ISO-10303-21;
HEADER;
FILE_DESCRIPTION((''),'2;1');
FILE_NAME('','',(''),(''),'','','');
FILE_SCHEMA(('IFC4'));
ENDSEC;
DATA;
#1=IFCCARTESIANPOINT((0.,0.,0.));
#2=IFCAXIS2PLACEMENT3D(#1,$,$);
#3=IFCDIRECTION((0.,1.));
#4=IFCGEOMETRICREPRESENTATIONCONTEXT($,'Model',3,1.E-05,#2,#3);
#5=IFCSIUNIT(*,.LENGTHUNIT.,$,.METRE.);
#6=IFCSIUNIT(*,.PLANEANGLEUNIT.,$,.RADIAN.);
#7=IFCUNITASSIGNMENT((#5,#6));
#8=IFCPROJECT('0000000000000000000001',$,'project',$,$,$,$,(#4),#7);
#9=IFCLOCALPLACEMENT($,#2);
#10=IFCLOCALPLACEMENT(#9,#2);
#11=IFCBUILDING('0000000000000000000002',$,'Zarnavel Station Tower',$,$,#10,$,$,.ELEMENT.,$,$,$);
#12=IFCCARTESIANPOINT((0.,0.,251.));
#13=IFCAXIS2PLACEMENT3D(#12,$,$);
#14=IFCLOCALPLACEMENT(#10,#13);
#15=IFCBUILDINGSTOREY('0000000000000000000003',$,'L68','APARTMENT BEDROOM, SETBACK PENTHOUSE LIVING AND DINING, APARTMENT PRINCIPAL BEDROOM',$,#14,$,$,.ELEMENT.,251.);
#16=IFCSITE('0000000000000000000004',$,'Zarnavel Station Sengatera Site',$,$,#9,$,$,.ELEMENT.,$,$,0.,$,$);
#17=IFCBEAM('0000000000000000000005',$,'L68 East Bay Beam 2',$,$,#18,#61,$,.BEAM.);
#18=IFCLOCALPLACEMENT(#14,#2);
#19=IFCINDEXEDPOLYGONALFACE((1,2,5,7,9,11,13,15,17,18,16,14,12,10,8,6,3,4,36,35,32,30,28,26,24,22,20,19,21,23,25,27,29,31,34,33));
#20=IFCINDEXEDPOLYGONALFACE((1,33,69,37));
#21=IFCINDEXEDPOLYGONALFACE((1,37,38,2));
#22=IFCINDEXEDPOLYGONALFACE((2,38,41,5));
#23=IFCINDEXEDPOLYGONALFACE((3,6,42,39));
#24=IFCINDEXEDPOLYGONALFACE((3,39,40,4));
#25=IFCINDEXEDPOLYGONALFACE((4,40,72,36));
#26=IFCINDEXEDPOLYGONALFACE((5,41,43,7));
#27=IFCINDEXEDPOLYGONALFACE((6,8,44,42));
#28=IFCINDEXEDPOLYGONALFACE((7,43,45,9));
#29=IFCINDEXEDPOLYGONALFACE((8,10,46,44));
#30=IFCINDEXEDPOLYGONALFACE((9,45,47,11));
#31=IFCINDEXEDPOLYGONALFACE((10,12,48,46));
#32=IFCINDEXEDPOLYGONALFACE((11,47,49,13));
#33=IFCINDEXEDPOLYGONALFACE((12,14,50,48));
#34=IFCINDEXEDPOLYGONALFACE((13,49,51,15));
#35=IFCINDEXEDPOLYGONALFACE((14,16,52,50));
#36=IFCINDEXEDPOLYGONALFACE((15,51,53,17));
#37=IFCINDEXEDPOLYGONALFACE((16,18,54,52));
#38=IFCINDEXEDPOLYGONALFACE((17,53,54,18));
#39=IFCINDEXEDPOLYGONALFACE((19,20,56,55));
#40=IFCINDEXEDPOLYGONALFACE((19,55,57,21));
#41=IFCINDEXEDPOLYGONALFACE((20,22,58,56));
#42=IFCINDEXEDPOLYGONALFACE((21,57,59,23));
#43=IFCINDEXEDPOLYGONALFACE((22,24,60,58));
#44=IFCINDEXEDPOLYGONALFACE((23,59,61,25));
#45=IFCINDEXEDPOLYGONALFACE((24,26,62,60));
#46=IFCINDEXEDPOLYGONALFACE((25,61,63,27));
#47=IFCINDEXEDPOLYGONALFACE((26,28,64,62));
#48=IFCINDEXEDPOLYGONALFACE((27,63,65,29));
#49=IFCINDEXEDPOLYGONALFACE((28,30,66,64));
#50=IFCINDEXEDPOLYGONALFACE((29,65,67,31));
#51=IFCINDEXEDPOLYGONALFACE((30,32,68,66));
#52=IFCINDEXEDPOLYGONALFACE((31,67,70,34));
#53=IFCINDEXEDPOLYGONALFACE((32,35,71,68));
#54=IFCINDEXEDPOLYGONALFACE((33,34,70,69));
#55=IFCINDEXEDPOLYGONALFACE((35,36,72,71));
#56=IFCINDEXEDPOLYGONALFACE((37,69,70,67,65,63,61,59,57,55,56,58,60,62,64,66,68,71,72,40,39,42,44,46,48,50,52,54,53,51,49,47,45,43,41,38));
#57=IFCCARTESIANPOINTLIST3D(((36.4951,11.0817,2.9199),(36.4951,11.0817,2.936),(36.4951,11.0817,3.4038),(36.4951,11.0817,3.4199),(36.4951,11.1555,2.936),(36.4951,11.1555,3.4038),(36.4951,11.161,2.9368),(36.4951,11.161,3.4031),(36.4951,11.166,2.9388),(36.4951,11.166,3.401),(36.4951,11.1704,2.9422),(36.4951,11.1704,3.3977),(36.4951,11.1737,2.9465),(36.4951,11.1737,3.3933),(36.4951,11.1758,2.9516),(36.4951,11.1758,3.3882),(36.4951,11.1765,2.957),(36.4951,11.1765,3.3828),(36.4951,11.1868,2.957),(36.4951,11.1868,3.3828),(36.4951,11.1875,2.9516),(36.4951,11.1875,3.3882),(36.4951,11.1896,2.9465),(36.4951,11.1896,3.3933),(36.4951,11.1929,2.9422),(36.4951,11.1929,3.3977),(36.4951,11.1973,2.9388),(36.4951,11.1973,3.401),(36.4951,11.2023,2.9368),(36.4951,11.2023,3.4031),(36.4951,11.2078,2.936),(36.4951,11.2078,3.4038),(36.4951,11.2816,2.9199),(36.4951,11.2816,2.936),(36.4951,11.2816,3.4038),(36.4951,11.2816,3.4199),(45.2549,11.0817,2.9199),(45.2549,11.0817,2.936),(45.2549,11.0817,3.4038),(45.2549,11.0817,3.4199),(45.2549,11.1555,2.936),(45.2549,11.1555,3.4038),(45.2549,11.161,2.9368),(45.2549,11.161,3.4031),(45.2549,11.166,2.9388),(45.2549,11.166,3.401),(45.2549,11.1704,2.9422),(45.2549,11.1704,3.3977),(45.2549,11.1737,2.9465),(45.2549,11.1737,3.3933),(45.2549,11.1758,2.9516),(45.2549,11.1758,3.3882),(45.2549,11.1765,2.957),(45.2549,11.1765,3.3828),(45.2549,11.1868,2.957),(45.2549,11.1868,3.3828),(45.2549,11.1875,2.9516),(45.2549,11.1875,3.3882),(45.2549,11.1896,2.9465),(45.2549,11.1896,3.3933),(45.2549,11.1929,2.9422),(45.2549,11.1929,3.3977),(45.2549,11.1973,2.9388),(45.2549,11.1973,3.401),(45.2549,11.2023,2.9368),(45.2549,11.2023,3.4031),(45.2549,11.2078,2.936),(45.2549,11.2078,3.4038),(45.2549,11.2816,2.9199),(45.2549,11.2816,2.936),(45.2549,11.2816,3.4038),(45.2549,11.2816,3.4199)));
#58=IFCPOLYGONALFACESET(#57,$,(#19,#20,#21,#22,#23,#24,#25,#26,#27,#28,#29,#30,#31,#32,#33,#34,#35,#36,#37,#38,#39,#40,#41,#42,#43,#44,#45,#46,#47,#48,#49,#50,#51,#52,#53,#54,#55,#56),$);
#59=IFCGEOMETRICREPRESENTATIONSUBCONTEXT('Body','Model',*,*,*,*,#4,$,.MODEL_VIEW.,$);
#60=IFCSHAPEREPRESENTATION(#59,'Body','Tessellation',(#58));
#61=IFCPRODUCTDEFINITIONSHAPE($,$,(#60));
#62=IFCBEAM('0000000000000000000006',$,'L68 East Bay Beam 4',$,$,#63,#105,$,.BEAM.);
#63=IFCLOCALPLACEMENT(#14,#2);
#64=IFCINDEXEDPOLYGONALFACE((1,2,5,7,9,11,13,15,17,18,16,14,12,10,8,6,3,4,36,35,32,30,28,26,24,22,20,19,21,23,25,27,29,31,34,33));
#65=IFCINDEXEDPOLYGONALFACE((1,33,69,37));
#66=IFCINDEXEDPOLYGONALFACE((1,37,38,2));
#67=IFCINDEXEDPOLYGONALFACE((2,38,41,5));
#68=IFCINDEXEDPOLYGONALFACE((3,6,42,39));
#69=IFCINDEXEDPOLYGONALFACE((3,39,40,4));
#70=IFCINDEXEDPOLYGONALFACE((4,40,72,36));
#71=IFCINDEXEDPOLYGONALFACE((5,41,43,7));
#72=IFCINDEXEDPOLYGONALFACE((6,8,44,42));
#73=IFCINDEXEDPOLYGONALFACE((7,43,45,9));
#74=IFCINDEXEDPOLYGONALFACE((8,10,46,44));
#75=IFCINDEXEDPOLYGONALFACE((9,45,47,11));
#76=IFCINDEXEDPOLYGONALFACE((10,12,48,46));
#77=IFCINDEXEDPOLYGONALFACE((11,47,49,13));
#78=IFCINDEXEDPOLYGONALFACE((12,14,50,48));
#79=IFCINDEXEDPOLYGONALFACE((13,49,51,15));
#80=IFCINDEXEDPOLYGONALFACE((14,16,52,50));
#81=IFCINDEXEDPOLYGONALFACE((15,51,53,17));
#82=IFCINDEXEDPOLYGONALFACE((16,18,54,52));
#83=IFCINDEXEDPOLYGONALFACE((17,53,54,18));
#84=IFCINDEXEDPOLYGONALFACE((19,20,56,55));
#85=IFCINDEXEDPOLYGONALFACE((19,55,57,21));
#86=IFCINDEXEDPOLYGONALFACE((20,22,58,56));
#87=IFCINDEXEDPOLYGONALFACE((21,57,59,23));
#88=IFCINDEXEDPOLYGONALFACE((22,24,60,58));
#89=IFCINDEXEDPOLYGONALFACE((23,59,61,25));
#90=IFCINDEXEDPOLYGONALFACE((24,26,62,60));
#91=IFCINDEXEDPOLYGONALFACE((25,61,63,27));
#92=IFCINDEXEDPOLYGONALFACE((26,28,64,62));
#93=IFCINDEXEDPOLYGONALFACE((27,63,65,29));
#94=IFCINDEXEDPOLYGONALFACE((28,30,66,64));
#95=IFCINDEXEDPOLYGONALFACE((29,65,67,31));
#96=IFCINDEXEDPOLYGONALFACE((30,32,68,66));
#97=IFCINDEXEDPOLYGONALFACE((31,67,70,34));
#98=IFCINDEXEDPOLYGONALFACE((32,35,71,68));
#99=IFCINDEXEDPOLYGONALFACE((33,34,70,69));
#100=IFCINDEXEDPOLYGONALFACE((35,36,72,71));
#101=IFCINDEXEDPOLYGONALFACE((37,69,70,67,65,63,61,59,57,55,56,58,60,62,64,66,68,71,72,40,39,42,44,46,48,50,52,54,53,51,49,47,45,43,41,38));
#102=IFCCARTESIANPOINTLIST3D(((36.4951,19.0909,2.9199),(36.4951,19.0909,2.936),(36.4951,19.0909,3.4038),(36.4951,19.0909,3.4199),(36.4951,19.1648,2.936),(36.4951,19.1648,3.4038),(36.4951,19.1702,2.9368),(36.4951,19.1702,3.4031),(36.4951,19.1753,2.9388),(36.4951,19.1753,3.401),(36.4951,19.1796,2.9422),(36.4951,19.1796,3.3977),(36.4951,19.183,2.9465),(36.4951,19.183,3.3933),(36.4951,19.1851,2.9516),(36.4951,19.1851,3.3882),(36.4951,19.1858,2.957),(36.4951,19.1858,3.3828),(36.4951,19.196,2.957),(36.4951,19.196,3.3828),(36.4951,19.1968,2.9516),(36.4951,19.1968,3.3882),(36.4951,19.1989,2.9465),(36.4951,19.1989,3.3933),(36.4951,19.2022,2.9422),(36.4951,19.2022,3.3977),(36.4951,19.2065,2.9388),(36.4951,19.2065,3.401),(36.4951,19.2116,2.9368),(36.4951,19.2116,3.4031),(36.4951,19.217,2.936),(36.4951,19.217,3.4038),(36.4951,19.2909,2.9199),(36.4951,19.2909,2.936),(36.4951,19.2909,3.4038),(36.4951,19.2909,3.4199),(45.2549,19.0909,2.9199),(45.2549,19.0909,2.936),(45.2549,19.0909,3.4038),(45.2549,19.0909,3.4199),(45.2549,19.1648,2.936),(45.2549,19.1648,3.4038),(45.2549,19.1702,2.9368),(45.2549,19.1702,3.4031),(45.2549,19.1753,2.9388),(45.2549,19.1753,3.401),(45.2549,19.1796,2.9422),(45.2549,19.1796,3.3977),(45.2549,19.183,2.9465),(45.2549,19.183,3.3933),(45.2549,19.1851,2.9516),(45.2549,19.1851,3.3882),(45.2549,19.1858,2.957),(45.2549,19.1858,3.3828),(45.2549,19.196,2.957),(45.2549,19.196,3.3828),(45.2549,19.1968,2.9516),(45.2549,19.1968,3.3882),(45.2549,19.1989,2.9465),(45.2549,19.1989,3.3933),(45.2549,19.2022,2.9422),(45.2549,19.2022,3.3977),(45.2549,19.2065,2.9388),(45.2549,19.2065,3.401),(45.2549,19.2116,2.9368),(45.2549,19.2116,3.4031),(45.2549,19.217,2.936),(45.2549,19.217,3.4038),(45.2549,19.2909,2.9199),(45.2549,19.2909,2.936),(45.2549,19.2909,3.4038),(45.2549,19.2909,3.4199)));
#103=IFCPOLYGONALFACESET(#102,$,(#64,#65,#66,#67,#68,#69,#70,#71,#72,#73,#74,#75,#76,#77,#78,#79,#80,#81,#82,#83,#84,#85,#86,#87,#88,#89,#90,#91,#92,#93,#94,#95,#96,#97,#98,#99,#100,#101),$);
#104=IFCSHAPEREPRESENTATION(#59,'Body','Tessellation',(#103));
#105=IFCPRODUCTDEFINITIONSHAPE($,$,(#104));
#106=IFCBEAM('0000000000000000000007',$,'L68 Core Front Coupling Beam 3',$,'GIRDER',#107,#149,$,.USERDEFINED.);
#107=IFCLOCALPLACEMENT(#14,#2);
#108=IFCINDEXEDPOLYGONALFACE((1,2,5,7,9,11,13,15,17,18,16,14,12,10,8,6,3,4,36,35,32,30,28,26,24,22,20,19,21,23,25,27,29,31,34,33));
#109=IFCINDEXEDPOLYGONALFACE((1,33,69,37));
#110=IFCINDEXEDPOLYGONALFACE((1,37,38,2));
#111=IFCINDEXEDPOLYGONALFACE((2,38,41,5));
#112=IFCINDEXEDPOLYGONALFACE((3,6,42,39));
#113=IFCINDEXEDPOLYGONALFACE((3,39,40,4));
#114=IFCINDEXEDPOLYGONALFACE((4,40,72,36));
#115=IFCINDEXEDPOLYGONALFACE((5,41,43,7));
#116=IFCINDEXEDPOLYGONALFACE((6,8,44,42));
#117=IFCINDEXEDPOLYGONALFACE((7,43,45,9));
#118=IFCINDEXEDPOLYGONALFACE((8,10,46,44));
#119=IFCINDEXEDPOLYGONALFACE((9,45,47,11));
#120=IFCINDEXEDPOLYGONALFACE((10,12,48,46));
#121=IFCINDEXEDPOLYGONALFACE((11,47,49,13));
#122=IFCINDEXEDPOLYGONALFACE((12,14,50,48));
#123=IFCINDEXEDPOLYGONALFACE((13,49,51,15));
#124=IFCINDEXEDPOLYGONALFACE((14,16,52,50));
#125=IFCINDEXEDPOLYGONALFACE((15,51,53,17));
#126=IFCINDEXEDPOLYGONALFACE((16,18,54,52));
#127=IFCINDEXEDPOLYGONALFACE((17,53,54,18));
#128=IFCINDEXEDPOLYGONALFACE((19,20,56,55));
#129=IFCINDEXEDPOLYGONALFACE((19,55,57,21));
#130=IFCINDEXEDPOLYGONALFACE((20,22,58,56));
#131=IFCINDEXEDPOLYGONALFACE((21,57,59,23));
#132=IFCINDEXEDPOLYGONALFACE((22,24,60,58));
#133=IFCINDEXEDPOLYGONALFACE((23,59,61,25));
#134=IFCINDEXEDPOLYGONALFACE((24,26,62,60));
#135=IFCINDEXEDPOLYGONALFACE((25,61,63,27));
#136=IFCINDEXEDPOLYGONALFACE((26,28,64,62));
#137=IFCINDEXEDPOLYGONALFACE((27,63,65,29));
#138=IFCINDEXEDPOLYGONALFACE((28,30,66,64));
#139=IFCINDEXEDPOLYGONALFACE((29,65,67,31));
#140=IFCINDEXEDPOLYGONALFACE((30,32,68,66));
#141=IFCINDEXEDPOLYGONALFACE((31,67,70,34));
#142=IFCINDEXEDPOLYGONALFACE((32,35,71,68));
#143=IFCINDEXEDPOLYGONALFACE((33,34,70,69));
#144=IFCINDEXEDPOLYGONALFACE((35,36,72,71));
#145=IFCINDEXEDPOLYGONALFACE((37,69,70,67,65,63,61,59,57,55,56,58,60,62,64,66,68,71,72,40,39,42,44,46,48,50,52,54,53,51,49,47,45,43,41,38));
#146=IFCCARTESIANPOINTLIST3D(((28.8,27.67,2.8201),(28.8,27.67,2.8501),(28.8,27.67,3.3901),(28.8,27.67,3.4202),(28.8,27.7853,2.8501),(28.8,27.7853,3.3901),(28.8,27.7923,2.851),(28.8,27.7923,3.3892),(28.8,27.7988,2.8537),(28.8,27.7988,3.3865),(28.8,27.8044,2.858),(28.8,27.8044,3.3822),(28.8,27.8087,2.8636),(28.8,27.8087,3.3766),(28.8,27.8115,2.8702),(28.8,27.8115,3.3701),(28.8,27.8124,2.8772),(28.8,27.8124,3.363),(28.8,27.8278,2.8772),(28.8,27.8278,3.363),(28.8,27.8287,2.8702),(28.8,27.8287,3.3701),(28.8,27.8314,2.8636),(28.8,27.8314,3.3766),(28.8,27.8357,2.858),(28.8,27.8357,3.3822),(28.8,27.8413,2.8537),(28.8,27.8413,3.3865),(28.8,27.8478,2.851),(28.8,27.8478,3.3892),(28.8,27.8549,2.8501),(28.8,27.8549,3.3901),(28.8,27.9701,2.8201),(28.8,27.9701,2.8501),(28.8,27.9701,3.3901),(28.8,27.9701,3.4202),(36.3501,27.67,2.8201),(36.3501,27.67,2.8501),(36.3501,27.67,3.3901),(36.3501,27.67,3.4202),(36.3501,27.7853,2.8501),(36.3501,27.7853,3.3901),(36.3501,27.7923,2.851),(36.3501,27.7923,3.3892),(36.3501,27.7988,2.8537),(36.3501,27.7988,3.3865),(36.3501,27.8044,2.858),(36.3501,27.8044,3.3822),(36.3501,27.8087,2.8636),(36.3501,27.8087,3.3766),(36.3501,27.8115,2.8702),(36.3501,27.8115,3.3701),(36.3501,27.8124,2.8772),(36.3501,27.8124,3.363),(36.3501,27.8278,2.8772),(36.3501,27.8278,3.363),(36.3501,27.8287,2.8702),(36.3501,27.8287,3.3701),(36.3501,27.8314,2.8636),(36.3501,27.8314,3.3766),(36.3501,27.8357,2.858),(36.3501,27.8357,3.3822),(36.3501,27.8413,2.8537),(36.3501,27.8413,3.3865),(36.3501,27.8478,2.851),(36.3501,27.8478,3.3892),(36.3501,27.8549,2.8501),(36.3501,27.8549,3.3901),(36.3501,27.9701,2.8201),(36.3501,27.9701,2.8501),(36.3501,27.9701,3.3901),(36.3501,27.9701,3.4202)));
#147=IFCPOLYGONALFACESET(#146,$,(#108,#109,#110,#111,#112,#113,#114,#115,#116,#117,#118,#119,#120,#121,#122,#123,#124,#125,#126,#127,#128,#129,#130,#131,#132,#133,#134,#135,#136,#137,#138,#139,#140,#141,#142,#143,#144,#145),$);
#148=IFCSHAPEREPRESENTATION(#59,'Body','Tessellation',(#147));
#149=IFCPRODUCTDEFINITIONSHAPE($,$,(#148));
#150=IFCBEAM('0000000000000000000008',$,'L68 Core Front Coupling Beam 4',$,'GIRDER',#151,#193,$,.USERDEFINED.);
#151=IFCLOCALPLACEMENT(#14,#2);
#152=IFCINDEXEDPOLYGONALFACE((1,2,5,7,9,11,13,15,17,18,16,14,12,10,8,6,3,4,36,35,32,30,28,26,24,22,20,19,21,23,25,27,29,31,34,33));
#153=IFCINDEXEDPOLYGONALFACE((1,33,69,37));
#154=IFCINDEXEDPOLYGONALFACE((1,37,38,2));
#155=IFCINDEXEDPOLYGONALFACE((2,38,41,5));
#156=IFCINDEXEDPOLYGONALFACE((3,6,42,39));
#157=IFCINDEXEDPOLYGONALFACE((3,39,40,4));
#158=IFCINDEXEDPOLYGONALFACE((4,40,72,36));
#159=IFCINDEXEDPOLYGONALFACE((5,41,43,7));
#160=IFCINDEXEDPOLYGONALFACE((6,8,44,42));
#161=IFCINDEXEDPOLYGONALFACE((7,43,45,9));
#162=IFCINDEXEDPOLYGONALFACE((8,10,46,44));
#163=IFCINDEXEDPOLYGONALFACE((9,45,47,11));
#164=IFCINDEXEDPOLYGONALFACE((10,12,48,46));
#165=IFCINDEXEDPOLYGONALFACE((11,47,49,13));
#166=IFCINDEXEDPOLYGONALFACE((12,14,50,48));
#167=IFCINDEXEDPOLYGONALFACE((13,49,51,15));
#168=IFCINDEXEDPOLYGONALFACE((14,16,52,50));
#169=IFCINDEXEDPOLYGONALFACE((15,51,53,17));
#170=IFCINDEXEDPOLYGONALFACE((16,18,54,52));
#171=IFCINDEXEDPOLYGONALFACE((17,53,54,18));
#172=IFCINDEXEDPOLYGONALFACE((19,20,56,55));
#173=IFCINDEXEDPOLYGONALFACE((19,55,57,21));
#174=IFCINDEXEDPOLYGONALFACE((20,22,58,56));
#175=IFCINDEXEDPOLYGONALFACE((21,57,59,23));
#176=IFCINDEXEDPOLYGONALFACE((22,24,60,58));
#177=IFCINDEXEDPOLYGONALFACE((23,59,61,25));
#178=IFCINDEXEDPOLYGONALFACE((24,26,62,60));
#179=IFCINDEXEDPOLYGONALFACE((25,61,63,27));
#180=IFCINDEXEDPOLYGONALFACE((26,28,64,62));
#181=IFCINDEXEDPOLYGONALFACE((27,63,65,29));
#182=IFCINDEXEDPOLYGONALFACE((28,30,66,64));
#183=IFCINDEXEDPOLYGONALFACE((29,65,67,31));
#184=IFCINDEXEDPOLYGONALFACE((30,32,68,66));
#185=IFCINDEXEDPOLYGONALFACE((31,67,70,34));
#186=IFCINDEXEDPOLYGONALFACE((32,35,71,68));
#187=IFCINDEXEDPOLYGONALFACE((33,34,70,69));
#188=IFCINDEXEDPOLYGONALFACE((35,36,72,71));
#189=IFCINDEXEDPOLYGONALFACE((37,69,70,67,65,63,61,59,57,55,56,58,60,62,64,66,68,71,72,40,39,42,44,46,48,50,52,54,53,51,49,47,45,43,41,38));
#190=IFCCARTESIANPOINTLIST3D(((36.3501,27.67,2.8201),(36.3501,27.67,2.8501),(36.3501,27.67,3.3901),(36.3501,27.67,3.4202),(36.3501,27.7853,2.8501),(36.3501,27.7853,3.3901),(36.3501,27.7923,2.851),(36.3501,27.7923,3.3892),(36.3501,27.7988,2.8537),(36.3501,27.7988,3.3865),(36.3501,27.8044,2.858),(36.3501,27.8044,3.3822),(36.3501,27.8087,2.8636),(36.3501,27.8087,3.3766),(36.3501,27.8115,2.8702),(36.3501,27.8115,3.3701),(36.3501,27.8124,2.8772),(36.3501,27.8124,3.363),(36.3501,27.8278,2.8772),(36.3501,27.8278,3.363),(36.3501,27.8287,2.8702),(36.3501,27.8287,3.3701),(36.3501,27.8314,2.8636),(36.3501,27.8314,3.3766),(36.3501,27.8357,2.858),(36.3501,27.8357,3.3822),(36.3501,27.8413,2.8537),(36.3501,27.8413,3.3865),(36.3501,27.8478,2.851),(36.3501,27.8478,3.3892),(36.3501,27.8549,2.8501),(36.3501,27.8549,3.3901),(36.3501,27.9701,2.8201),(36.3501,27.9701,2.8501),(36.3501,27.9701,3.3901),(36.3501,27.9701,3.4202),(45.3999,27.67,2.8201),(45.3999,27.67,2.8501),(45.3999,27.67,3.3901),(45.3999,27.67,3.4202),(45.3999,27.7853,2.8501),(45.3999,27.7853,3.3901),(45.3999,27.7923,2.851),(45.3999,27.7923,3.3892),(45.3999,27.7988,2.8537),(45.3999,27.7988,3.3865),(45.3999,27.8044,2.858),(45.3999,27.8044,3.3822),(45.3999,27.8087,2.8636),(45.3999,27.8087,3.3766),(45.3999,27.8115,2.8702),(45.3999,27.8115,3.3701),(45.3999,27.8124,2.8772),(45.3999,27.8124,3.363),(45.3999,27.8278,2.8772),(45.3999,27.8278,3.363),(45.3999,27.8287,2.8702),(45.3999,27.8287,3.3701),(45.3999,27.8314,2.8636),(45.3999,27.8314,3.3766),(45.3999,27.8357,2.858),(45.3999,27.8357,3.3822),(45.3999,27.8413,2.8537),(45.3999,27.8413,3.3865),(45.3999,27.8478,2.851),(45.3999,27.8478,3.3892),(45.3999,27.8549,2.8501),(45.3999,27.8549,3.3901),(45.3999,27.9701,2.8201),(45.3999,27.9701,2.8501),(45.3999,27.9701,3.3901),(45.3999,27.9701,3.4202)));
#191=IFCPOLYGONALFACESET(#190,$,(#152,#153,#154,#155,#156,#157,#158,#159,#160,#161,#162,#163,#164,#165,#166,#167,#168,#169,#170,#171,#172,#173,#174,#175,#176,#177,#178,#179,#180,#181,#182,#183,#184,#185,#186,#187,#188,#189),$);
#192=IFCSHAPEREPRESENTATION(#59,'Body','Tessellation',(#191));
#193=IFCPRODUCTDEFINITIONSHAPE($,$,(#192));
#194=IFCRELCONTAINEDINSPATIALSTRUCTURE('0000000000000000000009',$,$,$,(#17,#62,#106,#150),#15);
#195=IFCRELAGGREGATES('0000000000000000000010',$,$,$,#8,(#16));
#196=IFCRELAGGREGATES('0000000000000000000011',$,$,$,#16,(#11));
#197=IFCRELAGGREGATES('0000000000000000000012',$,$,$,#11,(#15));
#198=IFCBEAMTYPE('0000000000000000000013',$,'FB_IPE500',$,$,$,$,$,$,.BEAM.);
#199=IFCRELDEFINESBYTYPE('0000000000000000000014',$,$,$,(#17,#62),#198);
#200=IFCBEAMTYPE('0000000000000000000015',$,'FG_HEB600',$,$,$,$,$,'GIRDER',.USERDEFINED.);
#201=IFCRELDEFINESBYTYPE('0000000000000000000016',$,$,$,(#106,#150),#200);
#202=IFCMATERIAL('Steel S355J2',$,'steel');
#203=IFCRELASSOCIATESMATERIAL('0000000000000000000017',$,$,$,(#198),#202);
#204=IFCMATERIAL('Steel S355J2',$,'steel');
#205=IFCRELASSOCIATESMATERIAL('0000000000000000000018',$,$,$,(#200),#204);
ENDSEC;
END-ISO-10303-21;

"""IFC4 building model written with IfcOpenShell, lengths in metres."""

from ifc_helpers import new_model, si_unit, direction, frame, origin, origin_2d, place, context, subcontext, project, spatial, i_section, extrude, material, material_profile, profile_set, type_object, element, save


model = new_model("IFC4")

# Units and contexts
model_context = context("Model", 3, precision=1e-05, world=origin(), true_north=direction((0.0, 1.0)))
body_context = subcontext(model_context, "Body", "Model", "MODEL_VIEW")
ifc_project = project(units=[si_unit("LENGTHUNIT", "METRE"), si_unit("PLANEANGLEUNIT", "RADIAN")], contexts=[model_context])

# Site, building, storey
site_placement = place(None, origin())
site = spatial("IfcSite", under=ifc_project, at=site_placement, Name="Zarnavel Station Sengatera Site", CompositionType="ELEMENT", RefElevation=0.0)
building_placement = place(site_placement, origin())
building = spatial("IfcBuilding", under=site, at=building_placement, Name="Zarnavel Station Tower", CompositionType="ELEMENT")
storey_placement = place(building_placement, frame((0.0, 0.0, 251.0)))
storey = spatial("IfcBuildingStorey", under=building, at=storey_placement, Name="L68", Description="APARTMENT BEDROOM, SETBACK PENTHOUSE LIVING AND DINING, APARTMENT PRINCIPAL BEDROOM", CompositionType="ELEMENT", Elevation=251.0)

# Beams
ifc_material_1 = material(Name="Steel S355J2", Category="steel")
ifc_material_profile_1 = material_profile(ifc_material_1, i_section(OverallWidth=0.2, OverallDepth=0.5, WebThickness=0.0103, FlangeThickness=0.0161, FilletRadius=0.021, at=origin_2d()), Name="IPE500")
ifc_profile_set_1 = profile_set([ifc_material_profile_1], Name="Steel S355J2")
beam_type_1 = type_object("IfcBeamType", Name="FB_IPE500", PredefinedType="BEAM", material=ifc_profile_set_1)
for number, where, z_axis, x_axis, name in (
    (1, (36.4951, 11.1816, 3.1699), (1.0, 0.0, 0.0), (0.0, 1.0, 0.0), "L68 East Bay Beam 2"),
    (2, (36.4951, 19.1909, 3.1699), (1.0, 0.0, 0.0), (0.0, 1.0, 0.0), "L68 East Bay Beam 4"),
):
    element("IfcBeam", number, at=place(storey_placement, frame(where, z_axis=z_axis, x_axis=x_axis)), inside=storey, type_object=beam_type_1, Name=name, PredefinedType="BEAM", context=body_context, shape_type="SweptSolid", body=[
        extrude(i_section(OverallWidth=0.2, OverallDepth=0.5, WebThickness=0.0103, FlangeThickness=0.0161, FilletRadius=0.021, at=origin_2d()), origin(), (0.0, 0.0, 1.0), 8.7598),
    ])
ifc_material_2 = material(Name="Steel S355J2", Category="steel")
ifc_material_profile_2 = material_profile(ifc_material_2, i_section(OverallWidth=0.3, OverallDepth=0.6001, WebThickness=0.0154, FlangeThickness=0.03, FilletRadius=0.0271, at=origin_2d()), Name="HEB600")
ifc_profile_set_2 = profile_set([ifc_material_profile_2], Name="Steel S355J2")
beam_type_2 = type_object("IfcBeamType", Name="FG_HEB600", ElementType="GIRDER", PredefinedType="USERDEFINED", material=ifc_profile_set_2)
beam_1_placement = place(storey_placement, frame((28.8, 27.8201, 3.1201), z_axis=(1.0, 0.0, 0.0), x_axis=(0.0, 1.0, 0.0)))
element("IfcBeam", 3, at=beam_1_placement, inside=storey, type_object=beam_type_2, Name="L68 Core Front Coupling Beam 3", ObjectType="GIRDER", PredefinedType="USERDEFINED", context=body_context, shape_type="SweptSolid", body=[
    extrude(i_section(OverallWidth=0.3, OverallDepth=0.6001, WebThickness=0.0154, FlangeThickness=0.03, FilletRadius=0.0271, at=origin_2d()), origin(), (0.0, 0.0, 1.0), 7.55),
])
beam_2_placement = place(storey_placement, frame((36.3501, 27.8201, 3.1201), z_axis=(1.0, 0.0, 0.0), x_axis=(0.0, 1.0, 0.0)))
element("IfcBeam", 4, at=beam_2_placement, inside=storey, type_object=beam_type_2, Name="L68 Core Front Coupling Beam 4", ObjectType="GIRDER", PredefinedType="USERDEFINED", context=body_context, shape_type="SweptSolid", body=[
    extrude(i_section(OverallWidth=0.3, OverallDepth=0.6001, WebThickness=0.0154, FlangeThickness=0.03, FilletRadius=0.0271, at=origin_2d()), origin(), (0.0, 0.0, 1.0), 9.0498),
])

save(model, "model.ifc")
